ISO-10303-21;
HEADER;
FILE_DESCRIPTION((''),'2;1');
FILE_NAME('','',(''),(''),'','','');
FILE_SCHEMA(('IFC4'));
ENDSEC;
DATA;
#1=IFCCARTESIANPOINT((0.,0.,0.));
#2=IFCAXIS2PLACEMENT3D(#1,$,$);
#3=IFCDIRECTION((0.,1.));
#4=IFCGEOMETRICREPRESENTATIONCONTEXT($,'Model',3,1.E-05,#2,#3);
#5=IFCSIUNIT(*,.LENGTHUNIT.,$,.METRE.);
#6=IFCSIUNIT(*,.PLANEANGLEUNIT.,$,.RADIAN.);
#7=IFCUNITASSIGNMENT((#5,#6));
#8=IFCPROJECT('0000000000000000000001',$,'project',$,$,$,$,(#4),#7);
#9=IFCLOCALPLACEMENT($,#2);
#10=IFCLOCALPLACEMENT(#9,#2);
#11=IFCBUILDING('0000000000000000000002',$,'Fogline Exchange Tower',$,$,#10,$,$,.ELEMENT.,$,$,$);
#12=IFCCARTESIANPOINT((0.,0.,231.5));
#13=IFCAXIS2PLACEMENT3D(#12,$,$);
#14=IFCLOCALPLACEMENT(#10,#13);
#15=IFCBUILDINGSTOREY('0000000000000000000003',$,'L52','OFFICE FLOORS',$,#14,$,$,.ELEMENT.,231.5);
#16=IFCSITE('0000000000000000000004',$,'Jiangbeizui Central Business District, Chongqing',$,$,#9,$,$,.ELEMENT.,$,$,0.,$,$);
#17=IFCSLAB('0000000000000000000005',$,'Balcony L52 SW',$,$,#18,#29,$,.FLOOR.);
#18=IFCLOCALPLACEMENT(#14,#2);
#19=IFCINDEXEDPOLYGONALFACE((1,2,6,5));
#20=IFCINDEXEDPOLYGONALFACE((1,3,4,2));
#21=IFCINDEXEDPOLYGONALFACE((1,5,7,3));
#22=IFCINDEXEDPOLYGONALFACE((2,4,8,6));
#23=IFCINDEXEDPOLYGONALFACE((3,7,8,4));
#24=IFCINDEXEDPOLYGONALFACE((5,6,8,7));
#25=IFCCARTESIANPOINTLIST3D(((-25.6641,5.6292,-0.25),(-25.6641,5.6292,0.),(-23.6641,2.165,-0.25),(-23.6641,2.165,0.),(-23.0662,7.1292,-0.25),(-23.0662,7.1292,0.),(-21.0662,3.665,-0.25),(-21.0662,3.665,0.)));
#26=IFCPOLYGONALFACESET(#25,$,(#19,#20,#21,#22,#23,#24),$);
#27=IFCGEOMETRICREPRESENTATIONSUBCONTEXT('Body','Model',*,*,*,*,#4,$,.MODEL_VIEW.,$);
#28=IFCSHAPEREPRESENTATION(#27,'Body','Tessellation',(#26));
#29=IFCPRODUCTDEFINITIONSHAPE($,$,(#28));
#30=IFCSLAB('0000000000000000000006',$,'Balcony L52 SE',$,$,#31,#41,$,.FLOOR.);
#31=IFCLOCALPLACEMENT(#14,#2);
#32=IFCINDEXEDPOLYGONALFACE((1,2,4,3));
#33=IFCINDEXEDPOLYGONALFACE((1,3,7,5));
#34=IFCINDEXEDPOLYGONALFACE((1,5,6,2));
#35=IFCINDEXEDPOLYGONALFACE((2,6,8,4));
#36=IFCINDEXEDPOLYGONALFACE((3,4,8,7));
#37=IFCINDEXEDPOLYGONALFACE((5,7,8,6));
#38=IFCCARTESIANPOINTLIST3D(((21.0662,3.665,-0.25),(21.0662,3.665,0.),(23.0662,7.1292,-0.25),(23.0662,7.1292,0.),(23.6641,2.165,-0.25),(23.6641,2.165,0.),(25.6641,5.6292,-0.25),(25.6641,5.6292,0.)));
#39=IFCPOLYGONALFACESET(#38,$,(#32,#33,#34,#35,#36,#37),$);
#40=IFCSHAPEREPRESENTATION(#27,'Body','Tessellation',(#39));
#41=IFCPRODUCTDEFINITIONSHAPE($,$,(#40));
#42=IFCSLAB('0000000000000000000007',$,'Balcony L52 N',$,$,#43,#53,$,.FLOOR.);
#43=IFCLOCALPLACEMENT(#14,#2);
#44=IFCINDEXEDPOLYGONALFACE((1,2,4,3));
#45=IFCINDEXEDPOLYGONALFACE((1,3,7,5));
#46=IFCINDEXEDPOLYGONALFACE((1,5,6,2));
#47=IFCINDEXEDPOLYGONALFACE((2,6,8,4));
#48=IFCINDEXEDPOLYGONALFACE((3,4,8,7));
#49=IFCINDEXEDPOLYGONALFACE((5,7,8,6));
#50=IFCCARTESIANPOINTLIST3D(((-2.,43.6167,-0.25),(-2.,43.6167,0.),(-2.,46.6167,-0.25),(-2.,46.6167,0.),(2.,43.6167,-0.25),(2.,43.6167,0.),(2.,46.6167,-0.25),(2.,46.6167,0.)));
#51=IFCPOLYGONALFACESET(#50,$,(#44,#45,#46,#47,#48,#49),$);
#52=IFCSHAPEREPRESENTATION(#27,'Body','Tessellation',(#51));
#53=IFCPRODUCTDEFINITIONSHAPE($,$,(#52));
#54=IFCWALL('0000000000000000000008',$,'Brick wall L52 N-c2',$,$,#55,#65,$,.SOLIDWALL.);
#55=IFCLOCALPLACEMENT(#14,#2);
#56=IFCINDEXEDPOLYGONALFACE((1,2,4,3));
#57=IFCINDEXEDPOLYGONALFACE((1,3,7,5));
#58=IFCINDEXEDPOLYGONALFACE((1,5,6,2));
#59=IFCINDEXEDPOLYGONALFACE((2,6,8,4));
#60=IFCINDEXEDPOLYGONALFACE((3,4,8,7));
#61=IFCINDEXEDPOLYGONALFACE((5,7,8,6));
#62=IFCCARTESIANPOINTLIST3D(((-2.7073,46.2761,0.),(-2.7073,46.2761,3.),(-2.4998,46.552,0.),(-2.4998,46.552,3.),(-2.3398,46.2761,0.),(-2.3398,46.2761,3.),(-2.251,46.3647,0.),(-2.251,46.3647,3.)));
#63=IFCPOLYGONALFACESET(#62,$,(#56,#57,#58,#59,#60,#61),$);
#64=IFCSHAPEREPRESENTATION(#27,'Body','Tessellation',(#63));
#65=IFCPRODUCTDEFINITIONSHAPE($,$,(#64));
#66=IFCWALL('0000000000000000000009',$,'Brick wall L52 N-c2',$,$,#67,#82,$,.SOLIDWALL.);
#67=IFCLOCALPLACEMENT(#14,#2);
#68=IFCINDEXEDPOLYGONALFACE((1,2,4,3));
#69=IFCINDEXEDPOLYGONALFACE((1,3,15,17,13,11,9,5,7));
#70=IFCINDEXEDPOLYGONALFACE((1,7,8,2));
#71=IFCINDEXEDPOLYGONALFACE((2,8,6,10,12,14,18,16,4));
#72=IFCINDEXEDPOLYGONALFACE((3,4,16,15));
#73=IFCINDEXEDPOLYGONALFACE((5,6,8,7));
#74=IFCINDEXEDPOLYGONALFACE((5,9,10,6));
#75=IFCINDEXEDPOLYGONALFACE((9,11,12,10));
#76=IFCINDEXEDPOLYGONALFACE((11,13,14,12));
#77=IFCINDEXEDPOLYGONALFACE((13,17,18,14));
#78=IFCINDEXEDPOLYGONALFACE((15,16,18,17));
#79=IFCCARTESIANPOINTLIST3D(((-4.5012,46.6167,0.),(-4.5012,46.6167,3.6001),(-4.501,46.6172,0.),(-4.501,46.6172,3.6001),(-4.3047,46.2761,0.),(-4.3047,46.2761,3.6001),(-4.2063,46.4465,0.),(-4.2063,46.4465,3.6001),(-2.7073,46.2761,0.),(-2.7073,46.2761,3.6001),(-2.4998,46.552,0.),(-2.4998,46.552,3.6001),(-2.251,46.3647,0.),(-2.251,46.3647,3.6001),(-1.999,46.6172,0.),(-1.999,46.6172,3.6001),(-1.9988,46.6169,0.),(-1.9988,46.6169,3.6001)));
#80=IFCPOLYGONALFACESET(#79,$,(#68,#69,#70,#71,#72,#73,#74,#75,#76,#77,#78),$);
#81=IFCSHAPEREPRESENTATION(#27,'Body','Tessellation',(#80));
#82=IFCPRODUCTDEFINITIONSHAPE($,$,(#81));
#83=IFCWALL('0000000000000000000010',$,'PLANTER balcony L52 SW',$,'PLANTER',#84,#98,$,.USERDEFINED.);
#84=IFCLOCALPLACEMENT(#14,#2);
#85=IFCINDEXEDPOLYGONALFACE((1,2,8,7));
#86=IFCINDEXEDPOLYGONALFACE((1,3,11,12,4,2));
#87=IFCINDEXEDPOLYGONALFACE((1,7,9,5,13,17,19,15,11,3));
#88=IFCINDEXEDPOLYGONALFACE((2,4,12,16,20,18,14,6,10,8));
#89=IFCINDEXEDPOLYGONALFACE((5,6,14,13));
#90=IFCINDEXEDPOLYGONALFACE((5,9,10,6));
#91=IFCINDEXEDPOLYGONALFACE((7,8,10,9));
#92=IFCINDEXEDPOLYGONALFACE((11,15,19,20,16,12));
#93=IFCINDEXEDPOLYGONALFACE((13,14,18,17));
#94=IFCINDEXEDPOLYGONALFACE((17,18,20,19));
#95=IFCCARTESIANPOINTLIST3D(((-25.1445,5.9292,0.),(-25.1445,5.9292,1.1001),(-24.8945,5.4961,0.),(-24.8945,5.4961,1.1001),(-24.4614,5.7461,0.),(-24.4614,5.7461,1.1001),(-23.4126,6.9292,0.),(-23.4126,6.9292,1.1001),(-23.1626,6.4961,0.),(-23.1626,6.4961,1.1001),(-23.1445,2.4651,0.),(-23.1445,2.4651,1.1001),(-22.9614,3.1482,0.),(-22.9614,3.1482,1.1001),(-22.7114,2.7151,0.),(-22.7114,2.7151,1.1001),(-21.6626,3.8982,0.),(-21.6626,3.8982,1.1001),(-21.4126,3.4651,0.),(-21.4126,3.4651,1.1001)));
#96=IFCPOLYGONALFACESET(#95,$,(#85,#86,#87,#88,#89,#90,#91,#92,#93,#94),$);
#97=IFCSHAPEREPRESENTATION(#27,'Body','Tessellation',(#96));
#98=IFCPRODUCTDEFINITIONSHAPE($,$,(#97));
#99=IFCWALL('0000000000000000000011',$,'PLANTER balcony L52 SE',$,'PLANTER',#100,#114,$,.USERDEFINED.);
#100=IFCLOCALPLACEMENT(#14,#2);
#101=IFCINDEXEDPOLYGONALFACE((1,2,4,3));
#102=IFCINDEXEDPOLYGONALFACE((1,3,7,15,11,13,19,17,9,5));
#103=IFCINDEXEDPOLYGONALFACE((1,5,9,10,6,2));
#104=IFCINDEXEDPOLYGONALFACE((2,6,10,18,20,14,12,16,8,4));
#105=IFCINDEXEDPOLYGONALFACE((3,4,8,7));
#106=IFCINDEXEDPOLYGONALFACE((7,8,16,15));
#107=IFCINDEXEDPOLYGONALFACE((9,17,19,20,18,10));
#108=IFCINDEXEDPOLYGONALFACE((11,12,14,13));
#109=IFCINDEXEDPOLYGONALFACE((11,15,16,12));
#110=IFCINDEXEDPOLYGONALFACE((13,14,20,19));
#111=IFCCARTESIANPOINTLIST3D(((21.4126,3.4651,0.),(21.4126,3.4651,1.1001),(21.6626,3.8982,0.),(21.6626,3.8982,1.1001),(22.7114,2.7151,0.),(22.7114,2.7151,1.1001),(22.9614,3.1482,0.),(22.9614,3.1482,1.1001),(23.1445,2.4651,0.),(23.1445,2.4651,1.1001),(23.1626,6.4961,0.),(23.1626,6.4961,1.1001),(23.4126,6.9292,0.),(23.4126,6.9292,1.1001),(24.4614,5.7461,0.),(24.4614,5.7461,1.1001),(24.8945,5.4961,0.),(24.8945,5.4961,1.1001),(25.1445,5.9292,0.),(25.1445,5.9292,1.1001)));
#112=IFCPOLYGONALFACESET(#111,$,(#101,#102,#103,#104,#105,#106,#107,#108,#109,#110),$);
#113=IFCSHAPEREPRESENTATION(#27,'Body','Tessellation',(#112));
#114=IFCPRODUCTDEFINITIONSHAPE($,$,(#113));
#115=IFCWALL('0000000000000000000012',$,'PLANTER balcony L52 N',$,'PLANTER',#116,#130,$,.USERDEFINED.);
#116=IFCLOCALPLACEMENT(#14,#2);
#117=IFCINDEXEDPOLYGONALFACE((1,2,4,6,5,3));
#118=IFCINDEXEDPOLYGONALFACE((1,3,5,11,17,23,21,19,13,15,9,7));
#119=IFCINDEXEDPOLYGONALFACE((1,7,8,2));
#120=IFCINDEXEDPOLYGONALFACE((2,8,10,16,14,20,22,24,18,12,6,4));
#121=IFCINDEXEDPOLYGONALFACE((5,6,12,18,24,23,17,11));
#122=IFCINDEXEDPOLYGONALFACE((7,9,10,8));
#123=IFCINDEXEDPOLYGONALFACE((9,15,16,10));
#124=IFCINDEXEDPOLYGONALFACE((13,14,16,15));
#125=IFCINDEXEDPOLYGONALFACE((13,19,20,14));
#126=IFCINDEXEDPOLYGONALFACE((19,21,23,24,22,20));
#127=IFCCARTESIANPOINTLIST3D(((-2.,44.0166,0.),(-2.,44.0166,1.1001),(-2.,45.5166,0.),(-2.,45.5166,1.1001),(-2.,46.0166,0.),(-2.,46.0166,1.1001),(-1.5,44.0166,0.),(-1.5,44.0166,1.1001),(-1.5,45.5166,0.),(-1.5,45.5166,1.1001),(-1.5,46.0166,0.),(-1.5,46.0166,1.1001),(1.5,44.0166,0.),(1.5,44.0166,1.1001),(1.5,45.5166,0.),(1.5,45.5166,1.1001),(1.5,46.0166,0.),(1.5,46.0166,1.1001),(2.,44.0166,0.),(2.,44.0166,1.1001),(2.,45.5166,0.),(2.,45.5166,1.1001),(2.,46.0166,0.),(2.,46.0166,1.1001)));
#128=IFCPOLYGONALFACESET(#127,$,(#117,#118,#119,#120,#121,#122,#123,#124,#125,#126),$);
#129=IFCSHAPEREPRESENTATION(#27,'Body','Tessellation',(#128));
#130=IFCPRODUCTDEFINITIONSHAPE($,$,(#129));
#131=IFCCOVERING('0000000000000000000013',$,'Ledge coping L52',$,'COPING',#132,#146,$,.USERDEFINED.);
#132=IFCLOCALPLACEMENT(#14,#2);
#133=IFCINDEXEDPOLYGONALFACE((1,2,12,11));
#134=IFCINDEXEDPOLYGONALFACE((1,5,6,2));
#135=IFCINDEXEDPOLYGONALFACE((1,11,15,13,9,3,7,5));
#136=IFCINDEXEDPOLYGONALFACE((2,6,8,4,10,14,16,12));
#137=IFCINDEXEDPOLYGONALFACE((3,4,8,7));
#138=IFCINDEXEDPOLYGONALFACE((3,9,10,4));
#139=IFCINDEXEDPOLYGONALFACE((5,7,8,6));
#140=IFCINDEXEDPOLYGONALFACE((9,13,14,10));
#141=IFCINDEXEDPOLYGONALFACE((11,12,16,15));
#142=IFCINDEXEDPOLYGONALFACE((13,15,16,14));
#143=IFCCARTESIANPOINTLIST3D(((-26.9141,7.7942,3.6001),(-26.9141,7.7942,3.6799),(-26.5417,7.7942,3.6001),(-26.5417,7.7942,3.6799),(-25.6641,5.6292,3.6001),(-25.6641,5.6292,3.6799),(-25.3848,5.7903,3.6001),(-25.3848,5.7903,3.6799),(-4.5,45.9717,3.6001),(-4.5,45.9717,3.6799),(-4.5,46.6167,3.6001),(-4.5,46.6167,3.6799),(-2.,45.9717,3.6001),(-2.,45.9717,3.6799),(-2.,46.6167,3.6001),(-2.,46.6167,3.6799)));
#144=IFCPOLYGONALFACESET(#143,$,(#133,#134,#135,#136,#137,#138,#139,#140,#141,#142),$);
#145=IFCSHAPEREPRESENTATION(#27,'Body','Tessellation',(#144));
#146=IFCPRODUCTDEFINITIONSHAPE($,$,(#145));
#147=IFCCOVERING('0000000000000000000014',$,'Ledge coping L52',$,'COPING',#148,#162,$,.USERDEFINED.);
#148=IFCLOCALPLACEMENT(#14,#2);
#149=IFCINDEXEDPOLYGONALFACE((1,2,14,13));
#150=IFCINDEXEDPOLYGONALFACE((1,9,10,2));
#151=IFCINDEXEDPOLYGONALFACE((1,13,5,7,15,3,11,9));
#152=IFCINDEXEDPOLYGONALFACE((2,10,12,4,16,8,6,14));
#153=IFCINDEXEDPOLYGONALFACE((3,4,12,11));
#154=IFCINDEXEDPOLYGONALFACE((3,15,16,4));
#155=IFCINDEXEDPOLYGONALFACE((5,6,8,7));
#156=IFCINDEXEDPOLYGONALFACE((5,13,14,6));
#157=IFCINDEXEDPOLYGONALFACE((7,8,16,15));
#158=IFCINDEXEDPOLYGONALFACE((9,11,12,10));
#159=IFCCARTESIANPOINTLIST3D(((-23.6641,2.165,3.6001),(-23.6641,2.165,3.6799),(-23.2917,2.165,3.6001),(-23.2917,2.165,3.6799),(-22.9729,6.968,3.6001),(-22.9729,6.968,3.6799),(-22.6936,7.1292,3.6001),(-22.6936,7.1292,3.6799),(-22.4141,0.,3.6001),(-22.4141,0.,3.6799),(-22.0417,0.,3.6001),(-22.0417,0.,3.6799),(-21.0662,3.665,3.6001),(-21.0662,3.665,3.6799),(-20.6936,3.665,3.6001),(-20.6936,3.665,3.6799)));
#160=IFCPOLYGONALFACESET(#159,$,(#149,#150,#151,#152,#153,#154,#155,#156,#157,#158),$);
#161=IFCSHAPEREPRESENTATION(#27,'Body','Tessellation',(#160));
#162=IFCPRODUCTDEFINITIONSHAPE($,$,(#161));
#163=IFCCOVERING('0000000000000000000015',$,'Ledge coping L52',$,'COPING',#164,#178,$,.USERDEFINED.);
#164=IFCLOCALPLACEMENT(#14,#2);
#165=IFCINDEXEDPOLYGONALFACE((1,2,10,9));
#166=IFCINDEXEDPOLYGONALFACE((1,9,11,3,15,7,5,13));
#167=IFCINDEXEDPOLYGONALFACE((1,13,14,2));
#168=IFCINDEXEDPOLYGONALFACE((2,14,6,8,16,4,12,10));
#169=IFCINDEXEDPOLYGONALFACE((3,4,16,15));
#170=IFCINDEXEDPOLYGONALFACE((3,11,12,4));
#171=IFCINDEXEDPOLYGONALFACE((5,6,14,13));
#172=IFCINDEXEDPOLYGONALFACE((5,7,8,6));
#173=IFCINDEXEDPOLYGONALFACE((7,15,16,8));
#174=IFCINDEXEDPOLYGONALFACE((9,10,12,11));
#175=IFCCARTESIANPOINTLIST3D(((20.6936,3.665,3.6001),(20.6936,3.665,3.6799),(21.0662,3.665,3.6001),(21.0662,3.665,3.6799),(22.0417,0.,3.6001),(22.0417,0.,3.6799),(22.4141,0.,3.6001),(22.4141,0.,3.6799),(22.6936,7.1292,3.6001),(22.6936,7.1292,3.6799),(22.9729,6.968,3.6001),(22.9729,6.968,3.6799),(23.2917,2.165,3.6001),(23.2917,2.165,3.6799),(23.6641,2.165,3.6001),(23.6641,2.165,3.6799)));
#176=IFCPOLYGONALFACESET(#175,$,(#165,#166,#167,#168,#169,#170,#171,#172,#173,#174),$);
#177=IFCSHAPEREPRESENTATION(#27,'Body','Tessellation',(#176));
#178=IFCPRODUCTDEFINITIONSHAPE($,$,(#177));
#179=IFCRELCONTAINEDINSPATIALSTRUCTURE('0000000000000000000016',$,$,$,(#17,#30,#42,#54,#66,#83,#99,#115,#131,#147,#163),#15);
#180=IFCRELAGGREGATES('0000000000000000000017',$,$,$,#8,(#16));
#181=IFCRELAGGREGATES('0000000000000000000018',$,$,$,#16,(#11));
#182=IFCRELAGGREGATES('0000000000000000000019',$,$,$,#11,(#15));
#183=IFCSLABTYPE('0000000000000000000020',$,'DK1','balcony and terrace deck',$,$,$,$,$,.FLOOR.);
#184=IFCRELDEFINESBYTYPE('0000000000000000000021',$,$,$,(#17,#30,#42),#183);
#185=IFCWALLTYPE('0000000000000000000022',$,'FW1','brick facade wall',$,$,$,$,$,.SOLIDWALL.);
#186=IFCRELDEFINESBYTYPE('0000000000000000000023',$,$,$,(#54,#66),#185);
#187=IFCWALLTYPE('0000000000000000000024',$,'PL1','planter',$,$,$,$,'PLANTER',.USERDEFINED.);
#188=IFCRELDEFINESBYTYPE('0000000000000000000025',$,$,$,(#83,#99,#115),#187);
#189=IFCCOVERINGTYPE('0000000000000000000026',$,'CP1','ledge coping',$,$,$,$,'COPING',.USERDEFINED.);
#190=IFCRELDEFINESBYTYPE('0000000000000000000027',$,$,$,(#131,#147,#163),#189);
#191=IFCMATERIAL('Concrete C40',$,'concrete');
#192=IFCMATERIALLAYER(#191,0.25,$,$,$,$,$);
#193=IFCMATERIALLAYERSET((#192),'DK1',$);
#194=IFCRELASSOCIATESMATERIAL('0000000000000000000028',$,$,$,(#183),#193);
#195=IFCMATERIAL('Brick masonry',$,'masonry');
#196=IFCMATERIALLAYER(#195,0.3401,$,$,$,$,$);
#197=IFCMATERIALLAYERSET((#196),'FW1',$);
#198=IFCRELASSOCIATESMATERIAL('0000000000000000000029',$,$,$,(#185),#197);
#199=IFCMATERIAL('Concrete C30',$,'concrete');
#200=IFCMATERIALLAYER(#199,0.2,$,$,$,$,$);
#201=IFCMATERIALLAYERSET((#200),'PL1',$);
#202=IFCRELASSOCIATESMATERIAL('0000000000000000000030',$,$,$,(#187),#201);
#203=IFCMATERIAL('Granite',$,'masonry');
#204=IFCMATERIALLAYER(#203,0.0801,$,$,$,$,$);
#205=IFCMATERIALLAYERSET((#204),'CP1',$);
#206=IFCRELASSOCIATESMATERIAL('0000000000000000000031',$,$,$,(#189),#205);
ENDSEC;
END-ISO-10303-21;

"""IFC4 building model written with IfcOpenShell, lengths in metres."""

from ifc_helpers import new_model, si_unit, direction, frame, origin, place, context, subcontext, project, spatial, polyline, outline, extrude, material, layer, layer_set, type_object, element, save


model = new_model("IFC4")

# Units and contexts
model_context = context("Model", 3, precision=1e-05, world=origin(), true_north=direction((0.0, 1.0)))
body_context = subcontext(model_context, "Body", "Model", "MODEL_VIEW")
ifc_project = project(units=[si_unit("LENGTHUNIT", "METRE"), si_unit("PLANEANGLEUNIT", "RADIAN")], contexts=[model_context])

# Site, building, storey
site_placement = place(None, origin())
site = spatial("IfcSite", under=ifc_project, at=site_placement, Name="Jiangbeizui Central Business District, Chongqing", CompositionType="ELEMENT", RefElevation=0.0)
building_placement = place(site_placement, origin())
building = spatial("IfcBuilding", under=site, at=building_placement, Name="Fogline Exchange Tower", CompositionType="ELEMENT")
storey_placement = place(building_placement, frame((0.0, 0.0, 231.5)))
storey = spatial("IfcBuildingStorey", under=building, at=storey_placement, Name="L52", Description="OFFICE FLOORS", CompositionType="ELEMENT", Elevation=231.5)

# Slabs
ifc_material_1 = material(Name="Concrete C40", Category="concrete")
ifc_layer_1 = layer(ifc_material_1, 0.25)
ifc_layer_set_1 = layer_set([ifc_layer_1], Name="DK1")
slab_type = type_object("IfcSlabType", Name="DK1", Description="balcony and terrace deck", PredefinedType="FLOOR", material=ifc_layer_set_1)
slab_1_placement = place(storey_placement, frame((0.0, 0.0, -0.25)))
element("IfcSlab", 1, at=slab_1_placement, inside=storey, type_object=slab_type, Name="Balcony L52 SW", PredefinedType="FLOOR", context=body_context, shape_type="SweptSolid", body=[
    extrude(outline(polyline([(-25.6641, 5.6292), (-23.6641, 2.165), (-21.0662, 3.665), (-23.0662, 7.1292), (-25.6641, 5.6292)])), origin(), (0.0, 0.0, 1.0), 0.25),
])
slab_2_placement = place(storey_placement, frame((0.0, 0.0, -0.25)))
element("IfcSlab", 2, at=slab_2_placement, inside=storey, type_object=slab_type, Name="Balcony L52 SE", PredefinedType="FLOOR", context=body_context, shape_type="SweptSolid", body=[
    extrude(outline(polyline([(23.6641, 2.165), (25.6641, 5.6292), (23.0662, 7.1292), (21.0662, 3.665), (23.6641, 2.165)])), origin(), (0.0, 0.0, 1.0), 0.25),
])
slab_3_placement = place(storey_placement, frame((0.0, 0.0, -0.25)))
element("IfcSlab", 3, at=slab_3_placement, inside=storey, type_object=slab_type, Name="Balcony L52 N", PredefinedType="FLOOR", context=body_context, shape_type="SweptSolid", body=[
    extrude(outline(polyline([(2.0, 46.6167), (-2.0, 46.6167), (-2.0, 43.6167), (2.0, 43.6167), (2.0, 46.6167)])), origin(), (0.0, 0.0, 1.0), 0.25),
])

# Walls
ifc_material_2 = material(Name="Brick masonry", Category="masonry")
ifc_layer_2 = layer(ifc_material_2, 0.3401)
ifc_layer_set_2 = layer_set([ifc_layer_2], Name="FW1")
wall_type_1 = type_object("IfcWallType", Name="FW1", Description="brick facade wall", PredefinedType="SOLIDWALL", material=ifc_layer_set_2)
wall_1_placement = place(storey_placement, origin())
element("IfcWall", 4, at=wall_1_placement, inside=storey, type_object=wall_type_1, Name="Brick wall L52 N-c2", PredefinedType="SOLIDWALL", context=body_context, shape_type="SweptSolid", body=[
    extrude(outline(polyline([(-2.3398, 46.2761), (-2.7073, 46.2761), (-2.4998, 46.552), (-2.251, 46.3647), (-2.3398, 46.2761)])), origin(), (0.0, 0.0, 1.0), 3.0),
])
wall_2_placement = place(storey_placement, origin())
element("IfcWall", 5, at=wall_2_placement, inside=storey, type_object=wall_type_1, Name="Brick wall L52 N-c2", PredefinedType="SOLIDWALL", context=body_context, shape_type="SweptSolid", body=[
    extrude(outline(polyline([(-4.2063, 46.4465), (-4.5012, 46.6167), (-4.501, 46.6172), (-1.999, 46.6172), (-1.9988, 46.6169), (-2.251, 46.3647), (-2.4998, 46.552), (-2.7073, 46.2761), (-4.3047, 46.2761), (-4.2063, 46.4465)])), origin(), (0.0, 0.0, 1.0), 3.6001),
])
ifc_material_3 = material(Name="Concrete C30", Category="concrete")
ifc_layer_3 = layer(ifc_material_3, 0.2)
ifc_layer_set_3 = layer_set([ifc_layer_3], Name="PL1")
wall_type_2 = type_object("IfcWallType", Name="PL1", Description="planter", ElementType="PLANTER", PredefinedType="USERDEFINED", material=ifc_layer_set_3)
wall_3_placement = place(storey_placement, origin())
element("IfcWall", 6, at=wall_3_placement, inside=storey, type_object=wall_type_2, Name="PLANTER balcony L52 SW", ObjectType="PLANTER", PredefinedType="USERDEFINED", context=body_context, shape_type="SweptSolid", body=[
    extrude(outline(polyline([(-21.6626, 3.8982), (-22.9614, 3.1482), (-24.4614, 5.7461), (-23.1626, 6.4961), (-23.4126, 6.9292), (-25.1445, 5.9292), (-24.8945, 5.4961), (-23.1445, 2.4651), (-22.7114, 2.7151), (-22.7114, 2.7151), (-21.4126, 3.4651), (-21.6626, 3.8982)])), origin(), (0.0, 0.0, 1.0), 1.1001),
])
wall_4_placement = place(storey_placement, origin())
element("IfcWall", 7, at=wall_4_placement, inside=storey, type_object=wall_type_2, Name="PLANTER balcony L52 SE", ObjectType="PLANTER", PredefinedType="USERDEFINED", context=body_context, shape_type="SweptSolid", body=[
    extrude(outline(polyline([(21.4126, 3.4651), (22.7114, 2.7151), (22.7114, 2.7151), (23.1445, 2.4651), (24.8945, 5.4961), (25.1445, 5.9292), (23.4126, 6.9292), (23.1626, 6.4961), (24.4614, 5.7461), (22.9614, 3.1482), (21.6626, 3.8982), (21.4126, 3.4651)])), origin(), (0.0, 0.0, 1.0), 1.1001),
])
wall_5_placement = place(storey_placement, origin())
element("IfcWall", 8, at=wall_5_placement, inside=storey, type_object=wall_type_2, Name="PLANTER balcony L52 N", ObjectType="PLANTER", PredefinedType="USERDEFINED", context=body_context, shape_type="SweptSolid", body=[
    extrude(outline(polyline([(-1.5, 46.0166), (-2.0, 46.0166), (-2.0, 45.5166), (-2.0, 44.0166), (-1.5, 44.0166), (-1.5, 45.5166), (1.5, 45.5166), (1.5, 44.0166), (2.0, 44.0166), (2.0, 45.5166), (2.0, 46.0166), (1.5, 46.0166), (-1.5, 46.0166)])), origin(), (0.0, 0.0, 1.0), 1.1001),
])

# Coverings
ifc_material_4 = material(Name="Granite", Category="masonry")
ifc_layer_4 = layer(ifc_material_4, 0.0801)
ifc_layer_set_4 = layer_set([ifc_layer_4], Name="CP1")
covering_type_1 = type_object("IfcCoveringType", Name="CP1", Description="ledge coping", ElementType="COPING", PredefinedType="USERDEFINED", material=ifc_layer_set_4)
covering_1_placement = place(storey_placement, frame((0.0, 0.0, 3.6001)))
element("IfcCovering", 9, at=covering_1_placement, inside=storey, type_object=covering_type_1, Name="Ledge coping L52", ObjectType="COPING", PredefinedType="USERDEFINED", context=body_context, shape_type="SweptSolid", body=[
    extrude(outline(polyline([(-25.6641, 5.6292), (-25.3848, 5.7903), (-26.5417, 7.7942), (-4.5, 45.9717), (-2.0, 45.9717), (-2.0, 46.6167), (-4.5, 46.6167), (-26.9141, 7.7942), (-25.6641, 5.6292)])), origin(), (0.0, 0.0, 1.0), 0.0798),
])
covering_2_placement = place(storey_placement, frame((0.0, 0.0, 3.6001)))
element("IfcCovering", 10, at=covering_2_placement, inside=storey, type_object=covering_type_1, Name="Ledge coping L52", ObjectType="COPING", PredefinedType="USERDEFINED", context=body_context, shape_type="SweptSolid", body=[
    extrude(outline(polyline([(-22.4141, 0.0), (-22.0417, 0.0), (-23.2917, 2.165), (-20.6936, 3.665), (-22.6936, 7.1292), (-22.9729, 6.968), (-21.0662, 3.665), (-23.6641, 2.165), (-22.4141, 0.0)])), origin(), (0.0, 0.0, 1.0), 0.0798),
])
covering_3_placement = place(storey_placement, frame((0.0, 0.0, 3.6001)))
element("IfcCovering", 11, at=covering_3_placement, inside=storey, type_object=covering_type_1, Name="Ledge coping L52", ObjectType="COPING", PredefinedType="USERDEFINED", context=body_context, shape_type="SweptSolid", body=[
    extrude(outline(polyline([(21.0662, 3.665), (22.9729, 6.968), (22.6936, 7.1292), (20.6936, 3.665), (23.2917, 2.165), (22.0417, 0.0), (22.4141, 0.0), (23.6641, 2.165), (21.0662, 3.665)])), origin(), (0.0, 0.0, 1.0), 0.0798),
])

save(model, "model.ifc")
